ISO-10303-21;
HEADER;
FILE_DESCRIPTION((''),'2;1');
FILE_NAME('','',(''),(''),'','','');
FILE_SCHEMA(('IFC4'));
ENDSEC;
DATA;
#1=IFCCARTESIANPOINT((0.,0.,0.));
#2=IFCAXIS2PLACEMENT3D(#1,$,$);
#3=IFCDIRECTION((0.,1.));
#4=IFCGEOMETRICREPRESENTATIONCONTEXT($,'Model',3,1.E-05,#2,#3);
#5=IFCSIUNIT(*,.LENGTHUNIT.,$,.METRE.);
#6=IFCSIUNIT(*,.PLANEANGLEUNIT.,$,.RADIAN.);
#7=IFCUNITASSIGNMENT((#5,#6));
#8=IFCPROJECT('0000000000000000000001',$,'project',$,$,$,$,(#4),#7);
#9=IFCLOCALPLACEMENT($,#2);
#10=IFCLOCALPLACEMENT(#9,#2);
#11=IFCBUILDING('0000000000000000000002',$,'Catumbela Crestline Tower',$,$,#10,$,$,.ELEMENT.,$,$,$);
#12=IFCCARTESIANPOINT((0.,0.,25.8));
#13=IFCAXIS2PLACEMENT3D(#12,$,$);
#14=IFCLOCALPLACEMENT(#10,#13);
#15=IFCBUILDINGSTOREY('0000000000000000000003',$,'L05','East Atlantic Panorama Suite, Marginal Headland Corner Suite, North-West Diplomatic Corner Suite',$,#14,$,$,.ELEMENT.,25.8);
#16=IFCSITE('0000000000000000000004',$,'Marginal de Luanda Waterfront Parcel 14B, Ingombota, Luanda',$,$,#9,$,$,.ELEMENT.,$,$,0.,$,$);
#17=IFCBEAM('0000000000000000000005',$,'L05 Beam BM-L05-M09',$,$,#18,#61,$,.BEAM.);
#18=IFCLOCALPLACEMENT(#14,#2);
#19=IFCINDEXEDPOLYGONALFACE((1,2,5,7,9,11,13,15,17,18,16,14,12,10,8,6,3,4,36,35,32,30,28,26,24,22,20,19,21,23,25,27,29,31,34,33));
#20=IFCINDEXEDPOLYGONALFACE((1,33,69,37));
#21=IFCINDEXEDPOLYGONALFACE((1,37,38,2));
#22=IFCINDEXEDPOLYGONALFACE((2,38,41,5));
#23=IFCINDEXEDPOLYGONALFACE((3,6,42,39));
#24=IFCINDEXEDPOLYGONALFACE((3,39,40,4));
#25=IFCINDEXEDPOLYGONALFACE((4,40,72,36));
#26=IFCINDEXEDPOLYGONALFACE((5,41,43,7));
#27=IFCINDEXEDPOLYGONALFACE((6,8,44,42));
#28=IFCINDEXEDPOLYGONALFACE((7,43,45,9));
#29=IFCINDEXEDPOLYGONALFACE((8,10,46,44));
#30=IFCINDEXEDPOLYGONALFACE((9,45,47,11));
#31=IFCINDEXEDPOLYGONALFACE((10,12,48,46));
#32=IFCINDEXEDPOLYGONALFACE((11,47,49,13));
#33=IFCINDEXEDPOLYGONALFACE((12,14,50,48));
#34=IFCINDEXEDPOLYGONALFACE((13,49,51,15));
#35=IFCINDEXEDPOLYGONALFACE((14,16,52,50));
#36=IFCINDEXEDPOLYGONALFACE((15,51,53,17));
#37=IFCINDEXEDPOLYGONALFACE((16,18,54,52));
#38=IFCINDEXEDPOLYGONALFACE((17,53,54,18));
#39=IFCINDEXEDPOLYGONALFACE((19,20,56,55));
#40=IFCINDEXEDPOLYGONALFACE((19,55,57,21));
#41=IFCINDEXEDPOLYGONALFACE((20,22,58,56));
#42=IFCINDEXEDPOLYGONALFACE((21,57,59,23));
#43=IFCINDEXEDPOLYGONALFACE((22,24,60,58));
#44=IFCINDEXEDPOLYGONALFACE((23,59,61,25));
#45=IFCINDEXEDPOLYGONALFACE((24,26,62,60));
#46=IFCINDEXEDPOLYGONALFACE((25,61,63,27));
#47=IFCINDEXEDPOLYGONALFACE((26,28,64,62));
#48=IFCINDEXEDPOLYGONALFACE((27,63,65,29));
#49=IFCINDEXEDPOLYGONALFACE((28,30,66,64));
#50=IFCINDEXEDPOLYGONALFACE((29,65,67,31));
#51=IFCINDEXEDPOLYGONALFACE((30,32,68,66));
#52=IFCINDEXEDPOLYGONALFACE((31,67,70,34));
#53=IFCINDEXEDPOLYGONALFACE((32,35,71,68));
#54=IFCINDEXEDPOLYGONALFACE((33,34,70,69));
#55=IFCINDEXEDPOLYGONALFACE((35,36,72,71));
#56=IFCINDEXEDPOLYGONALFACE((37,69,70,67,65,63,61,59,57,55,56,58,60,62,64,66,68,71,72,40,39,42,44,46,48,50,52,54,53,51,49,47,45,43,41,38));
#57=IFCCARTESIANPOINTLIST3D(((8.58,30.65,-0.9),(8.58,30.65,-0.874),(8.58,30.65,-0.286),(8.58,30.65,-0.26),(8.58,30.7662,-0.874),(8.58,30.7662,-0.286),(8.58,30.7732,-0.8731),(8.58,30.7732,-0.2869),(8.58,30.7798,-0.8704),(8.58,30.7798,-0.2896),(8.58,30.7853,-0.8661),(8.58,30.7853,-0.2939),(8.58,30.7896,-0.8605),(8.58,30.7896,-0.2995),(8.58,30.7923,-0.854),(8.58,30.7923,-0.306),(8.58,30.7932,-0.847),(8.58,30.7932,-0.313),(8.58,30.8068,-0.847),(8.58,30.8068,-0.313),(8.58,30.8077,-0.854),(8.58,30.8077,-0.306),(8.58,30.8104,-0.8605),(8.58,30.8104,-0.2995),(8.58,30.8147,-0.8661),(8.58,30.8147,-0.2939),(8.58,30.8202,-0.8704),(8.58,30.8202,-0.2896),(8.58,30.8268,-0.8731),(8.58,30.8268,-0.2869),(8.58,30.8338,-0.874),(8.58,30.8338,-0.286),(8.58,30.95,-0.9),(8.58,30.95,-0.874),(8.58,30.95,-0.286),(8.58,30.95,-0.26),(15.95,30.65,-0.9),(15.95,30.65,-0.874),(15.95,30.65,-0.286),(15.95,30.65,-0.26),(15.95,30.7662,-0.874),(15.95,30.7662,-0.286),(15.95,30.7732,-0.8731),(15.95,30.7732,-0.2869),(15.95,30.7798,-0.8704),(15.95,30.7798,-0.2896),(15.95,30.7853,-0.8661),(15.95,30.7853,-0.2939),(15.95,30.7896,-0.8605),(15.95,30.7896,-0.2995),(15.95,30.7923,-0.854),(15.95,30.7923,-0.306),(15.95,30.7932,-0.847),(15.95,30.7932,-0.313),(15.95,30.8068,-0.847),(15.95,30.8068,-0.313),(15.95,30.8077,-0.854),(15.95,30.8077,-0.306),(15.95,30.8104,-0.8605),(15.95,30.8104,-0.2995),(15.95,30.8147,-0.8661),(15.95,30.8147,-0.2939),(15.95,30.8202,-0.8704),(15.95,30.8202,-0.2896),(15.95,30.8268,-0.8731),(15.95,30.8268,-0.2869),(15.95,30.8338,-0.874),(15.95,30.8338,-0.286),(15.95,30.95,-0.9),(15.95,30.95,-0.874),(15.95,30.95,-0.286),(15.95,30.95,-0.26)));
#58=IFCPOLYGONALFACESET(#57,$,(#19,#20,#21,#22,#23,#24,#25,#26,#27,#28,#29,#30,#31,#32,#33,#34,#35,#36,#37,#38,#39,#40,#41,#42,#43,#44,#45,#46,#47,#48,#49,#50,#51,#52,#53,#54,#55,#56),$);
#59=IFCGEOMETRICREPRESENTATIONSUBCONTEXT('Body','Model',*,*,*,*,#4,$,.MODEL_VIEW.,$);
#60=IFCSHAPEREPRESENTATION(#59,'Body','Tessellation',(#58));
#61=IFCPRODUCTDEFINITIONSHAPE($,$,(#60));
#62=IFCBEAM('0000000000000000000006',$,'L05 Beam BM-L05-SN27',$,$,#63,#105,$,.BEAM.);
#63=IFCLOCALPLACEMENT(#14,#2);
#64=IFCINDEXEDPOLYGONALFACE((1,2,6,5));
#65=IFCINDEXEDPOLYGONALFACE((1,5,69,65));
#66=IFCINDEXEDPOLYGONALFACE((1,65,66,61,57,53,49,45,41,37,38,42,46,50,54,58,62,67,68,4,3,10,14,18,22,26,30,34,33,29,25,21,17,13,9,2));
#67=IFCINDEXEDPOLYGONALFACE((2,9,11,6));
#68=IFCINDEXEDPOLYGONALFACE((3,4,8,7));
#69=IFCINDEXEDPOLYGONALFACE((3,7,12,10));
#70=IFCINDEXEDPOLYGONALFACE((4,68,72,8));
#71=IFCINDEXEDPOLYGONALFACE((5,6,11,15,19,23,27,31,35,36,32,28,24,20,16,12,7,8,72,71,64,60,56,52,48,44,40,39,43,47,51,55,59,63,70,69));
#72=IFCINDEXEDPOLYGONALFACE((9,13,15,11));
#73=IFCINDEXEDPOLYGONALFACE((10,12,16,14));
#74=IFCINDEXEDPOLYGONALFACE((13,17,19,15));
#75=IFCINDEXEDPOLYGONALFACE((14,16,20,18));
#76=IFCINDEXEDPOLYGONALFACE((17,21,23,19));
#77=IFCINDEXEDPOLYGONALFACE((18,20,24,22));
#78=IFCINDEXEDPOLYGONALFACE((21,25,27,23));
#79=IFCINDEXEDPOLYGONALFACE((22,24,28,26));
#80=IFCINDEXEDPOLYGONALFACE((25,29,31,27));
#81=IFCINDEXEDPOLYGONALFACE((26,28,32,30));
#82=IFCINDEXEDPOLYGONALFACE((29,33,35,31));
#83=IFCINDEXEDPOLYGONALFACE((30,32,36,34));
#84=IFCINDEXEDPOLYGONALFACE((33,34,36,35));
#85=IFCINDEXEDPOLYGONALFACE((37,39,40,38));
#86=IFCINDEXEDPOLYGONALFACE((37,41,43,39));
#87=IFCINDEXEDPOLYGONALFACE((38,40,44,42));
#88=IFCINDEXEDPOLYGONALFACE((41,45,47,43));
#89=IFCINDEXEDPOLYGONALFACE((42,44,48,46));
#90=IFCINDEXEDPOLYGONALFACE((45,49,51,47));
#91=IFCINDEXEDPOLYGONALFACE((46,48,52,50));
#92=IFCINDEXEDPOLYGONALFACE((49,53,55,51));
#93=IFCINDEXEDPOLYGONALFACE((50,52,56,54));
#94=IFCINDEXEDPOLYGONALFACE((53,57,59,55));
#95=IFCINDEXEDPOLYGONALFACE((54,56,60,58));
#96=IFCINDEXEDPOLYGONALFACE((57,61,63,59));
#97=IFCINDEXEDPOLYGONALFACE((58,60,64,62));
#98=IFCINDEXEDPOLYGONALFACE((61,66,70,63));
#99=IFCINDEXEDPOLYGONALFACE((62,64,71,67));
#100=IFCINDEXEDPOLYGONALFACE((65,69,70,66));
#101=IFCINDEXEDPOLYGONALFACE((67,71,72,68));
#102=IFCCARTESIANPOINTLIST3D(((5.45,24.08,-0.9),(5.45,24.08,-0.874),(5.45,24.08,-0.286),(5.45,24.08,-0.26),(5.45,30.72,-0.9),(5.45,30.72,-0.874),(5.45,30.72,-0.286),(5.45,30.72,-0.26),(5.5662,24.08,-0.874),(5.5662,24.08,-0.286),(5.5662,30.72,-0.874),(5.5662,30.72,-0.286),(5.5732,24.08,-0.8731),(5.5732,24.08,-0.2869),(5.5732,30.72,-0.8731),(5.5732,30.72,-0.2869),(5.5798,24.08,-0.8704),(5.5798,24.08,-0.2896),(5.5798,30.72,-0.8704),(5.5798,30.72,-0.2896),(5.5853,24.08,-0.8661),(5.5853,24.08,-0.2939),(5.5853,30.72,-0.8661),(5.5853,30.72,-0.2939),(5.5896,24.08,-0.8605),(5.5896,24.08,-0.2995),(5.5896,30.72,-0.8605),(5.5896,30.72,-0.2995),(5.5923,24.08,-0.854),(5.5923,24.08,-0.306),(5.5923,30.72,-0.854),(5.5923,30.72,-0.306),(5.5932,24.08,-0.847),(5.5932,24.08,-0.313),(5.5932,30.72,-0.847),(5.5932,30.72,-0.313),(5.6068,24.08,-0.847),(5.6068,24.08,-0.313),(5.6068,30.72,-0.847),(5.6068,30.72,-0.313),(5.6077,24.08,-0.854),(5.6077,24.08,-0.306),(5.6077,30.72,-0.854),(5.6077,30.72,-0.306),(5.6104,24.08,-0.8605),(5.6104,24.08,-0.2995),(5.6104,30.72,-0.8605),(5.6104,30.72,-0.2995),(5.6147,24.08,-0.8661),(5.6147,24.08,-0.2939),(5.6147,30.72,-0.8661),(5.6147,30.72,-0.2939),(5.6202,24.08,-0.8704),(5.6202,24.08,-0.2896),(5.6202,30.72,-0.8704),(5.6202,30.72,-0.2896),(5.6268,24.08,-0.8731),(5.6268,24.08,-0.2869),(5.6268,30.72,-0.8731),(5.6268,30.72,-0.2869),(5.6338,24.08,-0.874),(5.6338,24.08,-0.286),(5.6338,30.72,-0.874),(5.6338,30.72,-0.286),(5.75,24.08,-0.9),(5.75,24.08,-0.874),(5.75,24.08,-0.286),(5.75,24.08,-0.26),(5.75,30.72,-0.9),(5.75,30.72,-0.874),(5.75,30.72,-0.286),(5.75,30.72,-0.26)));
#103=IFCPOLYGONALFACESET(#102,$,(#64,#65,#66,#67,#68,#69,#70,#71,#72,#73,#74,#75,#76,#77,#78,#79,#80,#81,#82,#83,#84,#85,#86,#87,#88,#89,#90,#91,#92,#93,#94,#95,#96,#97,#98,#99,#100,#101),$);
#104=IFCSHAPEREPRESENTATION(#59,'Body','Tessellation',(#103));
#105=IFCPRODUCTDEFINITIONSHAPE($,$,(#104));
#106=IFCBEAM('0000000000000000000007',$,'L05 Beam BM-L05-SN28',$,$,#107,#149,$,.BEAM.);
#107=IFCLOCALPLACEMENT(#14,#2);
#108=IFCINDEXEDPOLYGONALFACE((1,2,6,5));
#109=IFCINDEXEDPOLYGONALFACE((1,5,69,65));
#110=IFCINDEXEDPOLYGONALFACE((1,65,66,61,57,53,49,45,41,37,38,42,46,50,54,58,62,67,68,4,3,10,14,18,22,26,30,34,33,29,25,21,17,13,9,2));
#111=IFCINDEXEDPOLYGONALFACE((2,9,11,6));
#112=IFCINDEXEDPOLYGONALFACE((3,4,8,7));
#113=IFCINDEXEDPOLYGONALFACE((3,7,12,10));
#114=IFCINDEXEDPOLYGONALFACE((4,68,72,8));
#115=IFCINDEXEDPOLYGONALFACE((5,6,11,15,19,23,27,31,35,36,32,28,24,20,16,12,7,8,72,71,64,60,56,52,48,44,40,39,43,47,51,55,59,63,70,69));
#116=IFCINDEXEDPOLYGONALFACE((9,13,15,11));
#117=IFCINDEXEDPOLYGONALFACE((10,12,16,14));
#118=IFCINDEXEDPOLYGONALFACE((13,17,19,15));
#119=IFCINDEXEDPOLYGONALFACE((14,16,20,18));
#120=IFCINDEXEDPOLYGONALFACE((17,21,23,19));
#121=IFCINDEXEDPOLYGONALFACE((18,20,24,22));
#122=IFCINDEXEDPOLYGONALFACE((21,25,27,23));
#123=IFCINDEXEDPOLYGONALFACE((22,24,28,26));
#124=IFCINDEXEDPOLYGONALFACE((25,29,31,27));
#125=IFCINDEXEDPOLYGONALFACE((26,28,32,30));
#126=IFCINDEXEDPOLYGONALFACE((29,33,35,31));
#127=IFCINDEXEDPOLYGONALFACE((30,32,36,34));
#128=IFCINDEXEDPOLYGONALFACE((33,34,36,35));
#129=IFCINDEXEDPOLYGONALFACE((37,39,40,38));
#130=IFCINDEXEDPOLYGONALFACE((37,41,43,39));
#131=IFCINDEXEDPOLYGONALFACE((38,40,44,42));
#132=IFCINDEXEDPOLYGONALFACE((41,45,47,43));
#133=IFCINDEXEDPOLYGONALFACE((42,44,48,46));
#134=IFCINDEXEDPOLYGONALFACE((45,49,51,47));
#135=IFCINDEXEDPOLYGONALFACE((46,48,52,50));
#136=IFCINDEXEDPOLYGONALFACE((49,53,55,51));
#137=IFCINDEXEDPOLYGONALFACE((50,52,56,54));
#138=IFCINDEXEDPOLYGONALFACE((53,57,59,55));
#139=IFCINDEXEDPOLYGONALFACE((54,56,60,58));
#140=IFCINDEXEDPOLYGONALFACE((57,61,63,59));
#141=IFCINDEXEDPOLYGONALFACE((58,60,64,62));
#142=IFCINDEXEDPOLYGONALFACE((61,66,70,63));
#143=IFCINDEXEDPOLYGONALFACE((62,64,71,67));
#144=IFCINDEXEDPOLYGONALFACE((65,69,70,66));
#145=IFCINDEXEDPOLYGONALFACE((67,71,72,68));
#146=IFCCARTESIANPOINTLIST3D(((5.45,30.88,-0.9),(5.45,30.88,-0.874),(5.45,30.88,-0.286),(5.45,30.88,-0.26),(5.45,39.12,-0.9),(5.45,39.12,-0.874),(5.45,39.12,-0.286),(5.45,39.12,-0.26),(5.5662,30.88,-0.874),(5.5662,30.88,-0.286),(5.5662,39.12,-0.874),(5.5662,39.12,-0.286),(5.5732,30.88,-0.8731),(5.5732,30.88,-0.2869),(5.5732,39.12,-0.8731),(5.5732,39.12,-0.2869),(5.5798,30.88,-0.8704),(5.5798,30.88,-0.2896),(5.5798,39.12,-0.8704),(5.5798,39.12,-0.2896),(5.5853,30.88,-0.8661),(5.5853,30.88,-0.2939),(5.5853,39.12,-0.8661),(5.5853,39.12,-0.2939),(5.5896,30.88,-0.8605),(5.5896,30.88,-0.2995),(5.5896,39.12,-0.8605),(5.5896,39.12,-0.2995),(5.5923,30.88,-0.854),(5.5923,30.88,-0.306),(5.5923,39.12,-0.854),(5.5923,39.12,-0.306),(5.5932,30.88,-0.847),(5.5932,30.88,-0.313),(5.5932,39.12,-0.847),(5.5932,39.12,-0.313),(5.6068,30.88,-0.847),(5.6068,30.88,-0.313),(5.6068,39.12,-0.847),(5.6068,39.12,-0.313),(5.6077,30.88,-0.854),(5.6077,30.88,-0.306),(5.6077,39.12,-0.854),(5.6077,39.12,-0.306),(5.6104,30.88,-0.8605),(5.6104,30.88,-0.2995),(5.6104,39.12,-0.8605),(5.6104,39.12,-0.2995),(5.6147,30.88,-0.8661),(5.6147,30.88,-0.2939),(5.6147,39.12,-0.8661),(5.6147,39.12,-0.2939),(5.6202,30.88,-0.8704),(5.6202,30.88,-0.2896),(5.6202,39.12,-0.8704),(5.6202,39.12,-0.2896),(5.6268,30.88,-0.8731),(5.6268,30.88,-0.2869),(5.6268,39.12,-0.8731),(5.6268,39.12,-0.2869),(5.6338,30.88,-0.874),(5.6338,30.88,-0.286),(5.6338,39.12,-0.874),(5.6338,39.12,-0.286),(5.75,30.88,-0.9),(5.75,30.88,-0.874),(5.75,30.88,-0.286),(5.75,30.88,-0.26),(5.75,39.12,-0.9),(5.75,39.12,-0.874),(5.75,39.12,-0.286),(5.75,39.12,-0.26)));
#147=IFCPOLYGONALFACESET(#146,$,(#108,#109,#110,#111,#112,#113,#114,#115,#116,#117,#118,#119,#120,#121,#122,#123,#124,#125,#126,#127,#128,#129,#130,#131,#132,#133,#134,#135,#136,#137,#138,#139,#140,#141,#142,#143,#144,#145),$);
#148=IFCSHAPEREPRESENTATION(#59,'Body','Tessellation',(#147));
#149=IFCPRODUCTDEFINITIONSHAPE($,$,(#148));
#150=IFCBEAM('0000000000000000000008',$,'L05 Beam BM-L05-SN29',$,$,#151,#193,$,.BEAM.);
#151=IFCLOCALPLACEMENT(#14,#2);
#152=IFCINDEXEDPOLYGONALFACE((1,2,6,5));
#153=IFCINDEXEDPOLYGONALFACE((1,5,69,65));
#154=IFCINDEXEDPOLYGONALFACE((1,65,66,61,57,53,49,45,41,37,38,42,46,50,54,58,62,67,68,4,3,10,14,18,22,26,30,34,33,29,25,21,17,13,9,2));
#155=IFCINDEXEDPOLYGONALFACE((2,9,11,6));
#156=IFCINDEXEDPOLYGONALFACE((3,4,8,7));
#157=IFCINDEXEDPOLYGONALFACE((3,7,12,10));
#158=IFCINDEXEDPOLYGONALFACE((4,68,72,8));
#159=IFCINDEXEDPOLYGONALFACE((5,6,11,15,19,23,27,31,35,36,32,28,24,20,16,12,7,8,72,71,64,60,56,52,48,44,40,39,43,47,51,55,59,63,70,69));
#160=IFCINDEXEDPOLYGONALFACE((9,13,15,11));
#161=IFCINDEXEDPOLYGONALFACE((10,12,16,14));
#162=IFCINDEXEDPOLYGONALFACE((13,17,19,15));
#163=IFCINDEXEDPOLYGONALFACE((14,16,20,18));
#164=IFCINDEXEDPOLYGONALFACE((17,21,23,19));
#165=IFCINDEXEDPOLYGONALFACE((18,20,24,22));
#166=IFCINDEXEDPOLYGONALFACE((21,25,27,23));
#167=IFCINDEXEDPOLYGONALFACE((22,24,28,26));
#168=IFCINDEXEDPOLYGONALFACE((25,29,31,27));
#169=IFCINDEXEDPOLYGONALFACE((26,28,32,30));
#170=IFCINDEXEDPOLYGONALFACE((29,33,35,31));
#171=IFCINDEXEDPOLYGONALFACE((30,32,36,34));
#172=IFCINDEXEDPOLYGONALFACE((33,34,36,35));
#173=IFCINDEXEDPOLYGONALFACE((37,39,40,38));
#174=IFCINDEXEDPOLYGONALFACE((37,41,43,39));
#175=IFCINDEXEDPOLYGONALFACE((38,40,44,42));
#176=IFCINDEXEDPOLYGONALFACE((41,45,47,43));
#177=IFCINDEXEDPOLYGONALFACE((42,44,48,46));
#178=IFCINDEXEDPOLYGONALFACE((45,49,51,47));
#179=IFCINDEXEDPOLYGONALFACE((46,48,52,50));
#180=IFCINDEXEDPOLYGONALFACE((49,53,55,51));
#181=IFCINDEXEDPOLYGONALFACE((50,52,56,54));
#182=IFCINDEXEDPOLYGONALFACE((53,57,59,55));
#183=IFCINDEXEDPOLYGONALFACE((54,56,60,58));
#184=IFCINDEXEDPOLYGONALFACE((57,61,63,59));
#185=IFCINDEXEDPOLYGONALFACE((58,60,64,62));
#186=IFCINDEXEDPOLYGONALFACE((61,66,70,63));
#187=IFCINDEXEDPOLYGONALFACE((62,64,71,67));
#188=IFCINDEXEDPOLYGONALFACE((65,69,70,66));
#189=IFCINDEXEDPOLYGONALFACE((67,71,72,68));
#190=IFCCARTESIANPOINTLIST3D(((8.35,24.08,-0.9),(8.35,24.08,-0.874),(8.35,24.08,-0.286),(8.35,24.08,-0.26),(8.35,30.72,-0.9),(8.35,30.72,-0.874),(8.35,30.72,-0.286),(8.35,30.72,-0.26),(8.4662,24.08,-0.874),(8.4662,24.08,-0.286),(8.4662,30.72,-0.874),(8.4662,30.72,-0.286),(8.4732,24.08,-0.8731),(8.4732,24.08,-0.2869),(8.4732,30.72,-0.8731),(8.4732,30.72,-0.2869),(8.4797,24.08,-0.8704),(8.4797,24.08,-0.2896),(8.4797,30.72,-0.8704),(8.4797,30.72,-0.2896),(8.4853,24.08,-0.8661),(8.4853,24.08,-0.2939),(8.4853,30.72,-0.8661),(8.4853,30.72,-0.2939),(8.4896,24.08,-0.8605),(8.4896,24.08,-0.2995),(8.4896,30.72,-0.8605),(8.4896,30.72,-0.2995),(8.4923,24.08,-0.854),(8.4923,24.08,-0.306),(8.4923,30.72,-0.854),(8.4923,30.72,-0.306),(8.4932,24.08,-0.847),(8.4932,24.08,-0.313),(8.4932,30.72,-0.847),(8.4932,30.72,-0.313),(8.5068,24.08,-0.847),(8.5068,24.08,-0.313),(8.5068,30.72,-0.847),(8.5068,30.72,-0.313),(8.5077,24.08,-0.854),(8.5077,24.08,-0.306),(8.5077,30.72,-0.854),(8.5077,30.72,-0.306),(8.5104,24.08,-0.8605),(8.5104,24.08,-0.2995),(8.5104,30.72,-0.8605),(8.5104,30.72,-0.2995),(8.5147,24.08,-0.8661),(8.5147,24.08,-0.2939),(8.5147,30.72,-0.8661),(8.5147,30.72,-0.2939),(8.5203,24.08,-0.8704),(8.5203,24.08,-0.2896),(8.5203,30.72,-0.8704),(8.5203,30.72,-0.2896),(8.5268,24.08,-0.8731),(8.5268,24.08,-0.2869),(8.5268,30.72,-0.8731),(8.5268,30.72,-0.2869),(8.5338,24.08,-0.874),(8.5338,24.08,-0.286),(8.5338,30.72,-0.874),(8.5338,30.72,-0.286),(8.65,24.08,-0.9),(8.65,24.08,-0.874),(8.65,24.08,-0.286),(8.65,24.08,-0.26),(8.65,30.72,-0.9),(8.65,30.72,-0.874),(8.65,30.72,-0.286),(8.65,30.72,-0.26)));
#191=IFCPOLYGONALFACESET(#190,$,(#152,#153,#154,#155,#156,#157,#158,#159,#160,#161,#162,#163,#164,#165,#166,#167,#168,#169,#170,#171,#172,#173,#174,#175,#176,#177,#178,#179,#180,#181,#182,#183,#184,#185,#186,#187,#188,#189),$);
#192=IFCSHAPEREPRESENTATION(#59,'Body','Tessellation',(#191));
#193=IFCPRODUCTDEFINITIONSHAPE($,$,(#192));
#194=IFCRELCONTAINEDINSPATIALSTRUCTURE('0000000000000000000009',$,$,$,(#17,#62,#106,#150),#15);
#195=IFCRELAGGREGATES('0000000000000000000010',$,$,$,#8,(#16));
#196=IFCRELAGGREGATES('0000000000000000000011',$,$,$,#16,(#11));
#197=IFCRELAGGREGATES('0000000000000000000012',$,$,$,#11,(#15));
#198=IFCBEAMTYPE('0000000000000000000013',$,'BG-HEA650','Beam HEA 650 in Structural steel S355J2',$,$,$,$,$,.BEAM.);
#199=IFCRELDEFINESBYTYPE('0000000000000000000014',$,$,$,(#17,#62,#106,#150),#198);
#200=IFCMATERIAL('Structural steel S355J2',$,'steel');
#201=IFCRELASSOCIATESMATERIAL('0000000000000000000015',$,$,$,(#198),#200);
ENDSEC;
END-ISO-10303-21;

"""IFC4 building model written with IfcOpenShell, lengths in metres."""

from ifc_helpers import new_model, si_unit, direction, frame, origin, origin_2d, place, context, subcontext, project, spatial, i_section, extrude, material, material_profile, profile_set, type_object, element, save


model = new_model("IFC4")

# Units and contexts
model_context = context("Model", 3, precision=1e-05, world=origin(), true_north=direction((0.0, 1.0)))
body_context = subcontext(model_context, "Body", "Model", "MODEL_VIEW")
ifc_project = project(units=[si_unit("LENGTHUNIT", "METRE"), si_unit("PLANEANGLEUNIT", "RADIAN")], contexts=[model_context])

# Site, building, storey
site_placement = place(None, origin())
site = spatial("IfcSite", under=ifc_project, at=site_placement, Name="Marginal de Luanda Waterfront Parcel 14B, Ingombota, Luanda", CompositionType="ELEMENT", RefElevation=0.0)
building_placement = place(site_placement, origin())
building = spatial("IfcBuilding", under=site, at=building_placement, Name="Catumbela Crestline Tower", CompositionType="ELEMENT")
storey_placement = place(building_placement, frame((0.0, 0.0, 25.8)))
storey = spatial("IfcBuildingStorey", under=building, at=storey_placement, Name="L05", Description="East Atlantic Panorama Suite, Marginal Headland Corner Suite, North-West Diplomatic Corner Suite", CompositionType="ELEMENT", Elevation=25.8)

# Beams
ifc_material_1 = material(Name="Structural steel S355J2", Category="steel")
ifc_material_profile_1 = material_profile(ifc_material_1, i_section(OverallWidth=0.3, OverallDepth=0.64, WebThickness=0.0135, FlangeThickness=0.026, FilletRadius=0.027, at=origin_2d()), Name="HEA 650")
ifc_profile_set_1 = profile_set([ifc_material_profile_1], Name="Structural steel S355J2")
beam_type = type_object("IfcBeamType", Name="BG-HEA650", Description="Beam HEA 650 in Structural steel S355J2", PredefinedType="BEAM", material=ifc_profile_set_1)
beam_1_placement = place(storey_placement, frame((8.58, 30.8, -0.58), z_axis=(1.0, 0.0, 0.0), x_axis=(0.0, 1.0, 0.0)))
element("IfcBeam", 1, at=beam_1_placement, inside=storey, type_object=beam_type, Name="L05 Beam BM-L05-M09", PredefinedType="BEAM", context=body_context, shape_type="SweptSolid", body=[
    extrude(i_section(OverallWidth=0.3, OverallDepth=0.64, WebThickness=0.0135, FlangeThickness=0.026, FilletRadius=0.027, at=origin_2d()), origin(), (0.0, 0.0, 1.0), 7.37),
])
beam_2_placement = place(storey_placement, frame((5.6, 24.08, -0.58), z_axis=(0.0, 1.0, 0.0), x_axis=(-1.0, 0.0, 0.0)))
element("IfcBeam", 2, at=beam_2_placement, inside=storey, type_object=beam_type, Name="L05 Beam BM-L05-SN27", PredefinedType="BEAM", context=body_context, shape_type="SweptSolid", body=[
    extrude(i_section(OverallWidth=0.3, OverallDepth=0.64, WebThickness=0.0135, FlangeThickness=0.026, FilletRadius=0.027, at=origin_2d()), origin(), (0.0, 0.0, 1.0), 6.64),
])
beam_3_placement = place(storey_placement, frame((5.6, 30.88, -0.58), z_axis=(0.0, 1.0, 0.0), x_axis=(-1.0, 0.0, 0.0)))
element("IfcBeam", 3, at=beam_3_placement, inside=storey, type_object=beam_type, Name="L05 Beam BM-L05-SN28", PredefinedType="BEAM", context=body_context, shape_type="SweptSolid", body=[
    extrude(i_section(OverallWidth=0.3, OverallDepth=0.64, WebThickness=0.0135, FlangeThickness=0.026, FilletRadius=0.027, at=origin_2d()), origin(), (0.0, 0.0, 1.0), 8.24),
])
beam_4_placement = place(storey_placement, frame((8.5, 24.08, -0.58), z_axis=(0.0, 1.0, 0.0), x_axis=(-1.0, 0.0, 0.0)))
element("IfcBeam", 4, at=beam_4_placement, inside=storey, type_object=beam_type, Name="L05 Beam BM-L05-SN29", PredefinedType="BEAM", context=body_context, shape_type="SweptSolid", body=[
    extrude(i_section(OverallWidth=0.3, OverallDepth=0.64, WebThickness=0.0135, FlangeThickness=0.026, FilletRadius=0.027, at=origin_2d()), origin(), (0.0, 0.0, 1.0), 6.64),
])

save(model, "model.ifc")
